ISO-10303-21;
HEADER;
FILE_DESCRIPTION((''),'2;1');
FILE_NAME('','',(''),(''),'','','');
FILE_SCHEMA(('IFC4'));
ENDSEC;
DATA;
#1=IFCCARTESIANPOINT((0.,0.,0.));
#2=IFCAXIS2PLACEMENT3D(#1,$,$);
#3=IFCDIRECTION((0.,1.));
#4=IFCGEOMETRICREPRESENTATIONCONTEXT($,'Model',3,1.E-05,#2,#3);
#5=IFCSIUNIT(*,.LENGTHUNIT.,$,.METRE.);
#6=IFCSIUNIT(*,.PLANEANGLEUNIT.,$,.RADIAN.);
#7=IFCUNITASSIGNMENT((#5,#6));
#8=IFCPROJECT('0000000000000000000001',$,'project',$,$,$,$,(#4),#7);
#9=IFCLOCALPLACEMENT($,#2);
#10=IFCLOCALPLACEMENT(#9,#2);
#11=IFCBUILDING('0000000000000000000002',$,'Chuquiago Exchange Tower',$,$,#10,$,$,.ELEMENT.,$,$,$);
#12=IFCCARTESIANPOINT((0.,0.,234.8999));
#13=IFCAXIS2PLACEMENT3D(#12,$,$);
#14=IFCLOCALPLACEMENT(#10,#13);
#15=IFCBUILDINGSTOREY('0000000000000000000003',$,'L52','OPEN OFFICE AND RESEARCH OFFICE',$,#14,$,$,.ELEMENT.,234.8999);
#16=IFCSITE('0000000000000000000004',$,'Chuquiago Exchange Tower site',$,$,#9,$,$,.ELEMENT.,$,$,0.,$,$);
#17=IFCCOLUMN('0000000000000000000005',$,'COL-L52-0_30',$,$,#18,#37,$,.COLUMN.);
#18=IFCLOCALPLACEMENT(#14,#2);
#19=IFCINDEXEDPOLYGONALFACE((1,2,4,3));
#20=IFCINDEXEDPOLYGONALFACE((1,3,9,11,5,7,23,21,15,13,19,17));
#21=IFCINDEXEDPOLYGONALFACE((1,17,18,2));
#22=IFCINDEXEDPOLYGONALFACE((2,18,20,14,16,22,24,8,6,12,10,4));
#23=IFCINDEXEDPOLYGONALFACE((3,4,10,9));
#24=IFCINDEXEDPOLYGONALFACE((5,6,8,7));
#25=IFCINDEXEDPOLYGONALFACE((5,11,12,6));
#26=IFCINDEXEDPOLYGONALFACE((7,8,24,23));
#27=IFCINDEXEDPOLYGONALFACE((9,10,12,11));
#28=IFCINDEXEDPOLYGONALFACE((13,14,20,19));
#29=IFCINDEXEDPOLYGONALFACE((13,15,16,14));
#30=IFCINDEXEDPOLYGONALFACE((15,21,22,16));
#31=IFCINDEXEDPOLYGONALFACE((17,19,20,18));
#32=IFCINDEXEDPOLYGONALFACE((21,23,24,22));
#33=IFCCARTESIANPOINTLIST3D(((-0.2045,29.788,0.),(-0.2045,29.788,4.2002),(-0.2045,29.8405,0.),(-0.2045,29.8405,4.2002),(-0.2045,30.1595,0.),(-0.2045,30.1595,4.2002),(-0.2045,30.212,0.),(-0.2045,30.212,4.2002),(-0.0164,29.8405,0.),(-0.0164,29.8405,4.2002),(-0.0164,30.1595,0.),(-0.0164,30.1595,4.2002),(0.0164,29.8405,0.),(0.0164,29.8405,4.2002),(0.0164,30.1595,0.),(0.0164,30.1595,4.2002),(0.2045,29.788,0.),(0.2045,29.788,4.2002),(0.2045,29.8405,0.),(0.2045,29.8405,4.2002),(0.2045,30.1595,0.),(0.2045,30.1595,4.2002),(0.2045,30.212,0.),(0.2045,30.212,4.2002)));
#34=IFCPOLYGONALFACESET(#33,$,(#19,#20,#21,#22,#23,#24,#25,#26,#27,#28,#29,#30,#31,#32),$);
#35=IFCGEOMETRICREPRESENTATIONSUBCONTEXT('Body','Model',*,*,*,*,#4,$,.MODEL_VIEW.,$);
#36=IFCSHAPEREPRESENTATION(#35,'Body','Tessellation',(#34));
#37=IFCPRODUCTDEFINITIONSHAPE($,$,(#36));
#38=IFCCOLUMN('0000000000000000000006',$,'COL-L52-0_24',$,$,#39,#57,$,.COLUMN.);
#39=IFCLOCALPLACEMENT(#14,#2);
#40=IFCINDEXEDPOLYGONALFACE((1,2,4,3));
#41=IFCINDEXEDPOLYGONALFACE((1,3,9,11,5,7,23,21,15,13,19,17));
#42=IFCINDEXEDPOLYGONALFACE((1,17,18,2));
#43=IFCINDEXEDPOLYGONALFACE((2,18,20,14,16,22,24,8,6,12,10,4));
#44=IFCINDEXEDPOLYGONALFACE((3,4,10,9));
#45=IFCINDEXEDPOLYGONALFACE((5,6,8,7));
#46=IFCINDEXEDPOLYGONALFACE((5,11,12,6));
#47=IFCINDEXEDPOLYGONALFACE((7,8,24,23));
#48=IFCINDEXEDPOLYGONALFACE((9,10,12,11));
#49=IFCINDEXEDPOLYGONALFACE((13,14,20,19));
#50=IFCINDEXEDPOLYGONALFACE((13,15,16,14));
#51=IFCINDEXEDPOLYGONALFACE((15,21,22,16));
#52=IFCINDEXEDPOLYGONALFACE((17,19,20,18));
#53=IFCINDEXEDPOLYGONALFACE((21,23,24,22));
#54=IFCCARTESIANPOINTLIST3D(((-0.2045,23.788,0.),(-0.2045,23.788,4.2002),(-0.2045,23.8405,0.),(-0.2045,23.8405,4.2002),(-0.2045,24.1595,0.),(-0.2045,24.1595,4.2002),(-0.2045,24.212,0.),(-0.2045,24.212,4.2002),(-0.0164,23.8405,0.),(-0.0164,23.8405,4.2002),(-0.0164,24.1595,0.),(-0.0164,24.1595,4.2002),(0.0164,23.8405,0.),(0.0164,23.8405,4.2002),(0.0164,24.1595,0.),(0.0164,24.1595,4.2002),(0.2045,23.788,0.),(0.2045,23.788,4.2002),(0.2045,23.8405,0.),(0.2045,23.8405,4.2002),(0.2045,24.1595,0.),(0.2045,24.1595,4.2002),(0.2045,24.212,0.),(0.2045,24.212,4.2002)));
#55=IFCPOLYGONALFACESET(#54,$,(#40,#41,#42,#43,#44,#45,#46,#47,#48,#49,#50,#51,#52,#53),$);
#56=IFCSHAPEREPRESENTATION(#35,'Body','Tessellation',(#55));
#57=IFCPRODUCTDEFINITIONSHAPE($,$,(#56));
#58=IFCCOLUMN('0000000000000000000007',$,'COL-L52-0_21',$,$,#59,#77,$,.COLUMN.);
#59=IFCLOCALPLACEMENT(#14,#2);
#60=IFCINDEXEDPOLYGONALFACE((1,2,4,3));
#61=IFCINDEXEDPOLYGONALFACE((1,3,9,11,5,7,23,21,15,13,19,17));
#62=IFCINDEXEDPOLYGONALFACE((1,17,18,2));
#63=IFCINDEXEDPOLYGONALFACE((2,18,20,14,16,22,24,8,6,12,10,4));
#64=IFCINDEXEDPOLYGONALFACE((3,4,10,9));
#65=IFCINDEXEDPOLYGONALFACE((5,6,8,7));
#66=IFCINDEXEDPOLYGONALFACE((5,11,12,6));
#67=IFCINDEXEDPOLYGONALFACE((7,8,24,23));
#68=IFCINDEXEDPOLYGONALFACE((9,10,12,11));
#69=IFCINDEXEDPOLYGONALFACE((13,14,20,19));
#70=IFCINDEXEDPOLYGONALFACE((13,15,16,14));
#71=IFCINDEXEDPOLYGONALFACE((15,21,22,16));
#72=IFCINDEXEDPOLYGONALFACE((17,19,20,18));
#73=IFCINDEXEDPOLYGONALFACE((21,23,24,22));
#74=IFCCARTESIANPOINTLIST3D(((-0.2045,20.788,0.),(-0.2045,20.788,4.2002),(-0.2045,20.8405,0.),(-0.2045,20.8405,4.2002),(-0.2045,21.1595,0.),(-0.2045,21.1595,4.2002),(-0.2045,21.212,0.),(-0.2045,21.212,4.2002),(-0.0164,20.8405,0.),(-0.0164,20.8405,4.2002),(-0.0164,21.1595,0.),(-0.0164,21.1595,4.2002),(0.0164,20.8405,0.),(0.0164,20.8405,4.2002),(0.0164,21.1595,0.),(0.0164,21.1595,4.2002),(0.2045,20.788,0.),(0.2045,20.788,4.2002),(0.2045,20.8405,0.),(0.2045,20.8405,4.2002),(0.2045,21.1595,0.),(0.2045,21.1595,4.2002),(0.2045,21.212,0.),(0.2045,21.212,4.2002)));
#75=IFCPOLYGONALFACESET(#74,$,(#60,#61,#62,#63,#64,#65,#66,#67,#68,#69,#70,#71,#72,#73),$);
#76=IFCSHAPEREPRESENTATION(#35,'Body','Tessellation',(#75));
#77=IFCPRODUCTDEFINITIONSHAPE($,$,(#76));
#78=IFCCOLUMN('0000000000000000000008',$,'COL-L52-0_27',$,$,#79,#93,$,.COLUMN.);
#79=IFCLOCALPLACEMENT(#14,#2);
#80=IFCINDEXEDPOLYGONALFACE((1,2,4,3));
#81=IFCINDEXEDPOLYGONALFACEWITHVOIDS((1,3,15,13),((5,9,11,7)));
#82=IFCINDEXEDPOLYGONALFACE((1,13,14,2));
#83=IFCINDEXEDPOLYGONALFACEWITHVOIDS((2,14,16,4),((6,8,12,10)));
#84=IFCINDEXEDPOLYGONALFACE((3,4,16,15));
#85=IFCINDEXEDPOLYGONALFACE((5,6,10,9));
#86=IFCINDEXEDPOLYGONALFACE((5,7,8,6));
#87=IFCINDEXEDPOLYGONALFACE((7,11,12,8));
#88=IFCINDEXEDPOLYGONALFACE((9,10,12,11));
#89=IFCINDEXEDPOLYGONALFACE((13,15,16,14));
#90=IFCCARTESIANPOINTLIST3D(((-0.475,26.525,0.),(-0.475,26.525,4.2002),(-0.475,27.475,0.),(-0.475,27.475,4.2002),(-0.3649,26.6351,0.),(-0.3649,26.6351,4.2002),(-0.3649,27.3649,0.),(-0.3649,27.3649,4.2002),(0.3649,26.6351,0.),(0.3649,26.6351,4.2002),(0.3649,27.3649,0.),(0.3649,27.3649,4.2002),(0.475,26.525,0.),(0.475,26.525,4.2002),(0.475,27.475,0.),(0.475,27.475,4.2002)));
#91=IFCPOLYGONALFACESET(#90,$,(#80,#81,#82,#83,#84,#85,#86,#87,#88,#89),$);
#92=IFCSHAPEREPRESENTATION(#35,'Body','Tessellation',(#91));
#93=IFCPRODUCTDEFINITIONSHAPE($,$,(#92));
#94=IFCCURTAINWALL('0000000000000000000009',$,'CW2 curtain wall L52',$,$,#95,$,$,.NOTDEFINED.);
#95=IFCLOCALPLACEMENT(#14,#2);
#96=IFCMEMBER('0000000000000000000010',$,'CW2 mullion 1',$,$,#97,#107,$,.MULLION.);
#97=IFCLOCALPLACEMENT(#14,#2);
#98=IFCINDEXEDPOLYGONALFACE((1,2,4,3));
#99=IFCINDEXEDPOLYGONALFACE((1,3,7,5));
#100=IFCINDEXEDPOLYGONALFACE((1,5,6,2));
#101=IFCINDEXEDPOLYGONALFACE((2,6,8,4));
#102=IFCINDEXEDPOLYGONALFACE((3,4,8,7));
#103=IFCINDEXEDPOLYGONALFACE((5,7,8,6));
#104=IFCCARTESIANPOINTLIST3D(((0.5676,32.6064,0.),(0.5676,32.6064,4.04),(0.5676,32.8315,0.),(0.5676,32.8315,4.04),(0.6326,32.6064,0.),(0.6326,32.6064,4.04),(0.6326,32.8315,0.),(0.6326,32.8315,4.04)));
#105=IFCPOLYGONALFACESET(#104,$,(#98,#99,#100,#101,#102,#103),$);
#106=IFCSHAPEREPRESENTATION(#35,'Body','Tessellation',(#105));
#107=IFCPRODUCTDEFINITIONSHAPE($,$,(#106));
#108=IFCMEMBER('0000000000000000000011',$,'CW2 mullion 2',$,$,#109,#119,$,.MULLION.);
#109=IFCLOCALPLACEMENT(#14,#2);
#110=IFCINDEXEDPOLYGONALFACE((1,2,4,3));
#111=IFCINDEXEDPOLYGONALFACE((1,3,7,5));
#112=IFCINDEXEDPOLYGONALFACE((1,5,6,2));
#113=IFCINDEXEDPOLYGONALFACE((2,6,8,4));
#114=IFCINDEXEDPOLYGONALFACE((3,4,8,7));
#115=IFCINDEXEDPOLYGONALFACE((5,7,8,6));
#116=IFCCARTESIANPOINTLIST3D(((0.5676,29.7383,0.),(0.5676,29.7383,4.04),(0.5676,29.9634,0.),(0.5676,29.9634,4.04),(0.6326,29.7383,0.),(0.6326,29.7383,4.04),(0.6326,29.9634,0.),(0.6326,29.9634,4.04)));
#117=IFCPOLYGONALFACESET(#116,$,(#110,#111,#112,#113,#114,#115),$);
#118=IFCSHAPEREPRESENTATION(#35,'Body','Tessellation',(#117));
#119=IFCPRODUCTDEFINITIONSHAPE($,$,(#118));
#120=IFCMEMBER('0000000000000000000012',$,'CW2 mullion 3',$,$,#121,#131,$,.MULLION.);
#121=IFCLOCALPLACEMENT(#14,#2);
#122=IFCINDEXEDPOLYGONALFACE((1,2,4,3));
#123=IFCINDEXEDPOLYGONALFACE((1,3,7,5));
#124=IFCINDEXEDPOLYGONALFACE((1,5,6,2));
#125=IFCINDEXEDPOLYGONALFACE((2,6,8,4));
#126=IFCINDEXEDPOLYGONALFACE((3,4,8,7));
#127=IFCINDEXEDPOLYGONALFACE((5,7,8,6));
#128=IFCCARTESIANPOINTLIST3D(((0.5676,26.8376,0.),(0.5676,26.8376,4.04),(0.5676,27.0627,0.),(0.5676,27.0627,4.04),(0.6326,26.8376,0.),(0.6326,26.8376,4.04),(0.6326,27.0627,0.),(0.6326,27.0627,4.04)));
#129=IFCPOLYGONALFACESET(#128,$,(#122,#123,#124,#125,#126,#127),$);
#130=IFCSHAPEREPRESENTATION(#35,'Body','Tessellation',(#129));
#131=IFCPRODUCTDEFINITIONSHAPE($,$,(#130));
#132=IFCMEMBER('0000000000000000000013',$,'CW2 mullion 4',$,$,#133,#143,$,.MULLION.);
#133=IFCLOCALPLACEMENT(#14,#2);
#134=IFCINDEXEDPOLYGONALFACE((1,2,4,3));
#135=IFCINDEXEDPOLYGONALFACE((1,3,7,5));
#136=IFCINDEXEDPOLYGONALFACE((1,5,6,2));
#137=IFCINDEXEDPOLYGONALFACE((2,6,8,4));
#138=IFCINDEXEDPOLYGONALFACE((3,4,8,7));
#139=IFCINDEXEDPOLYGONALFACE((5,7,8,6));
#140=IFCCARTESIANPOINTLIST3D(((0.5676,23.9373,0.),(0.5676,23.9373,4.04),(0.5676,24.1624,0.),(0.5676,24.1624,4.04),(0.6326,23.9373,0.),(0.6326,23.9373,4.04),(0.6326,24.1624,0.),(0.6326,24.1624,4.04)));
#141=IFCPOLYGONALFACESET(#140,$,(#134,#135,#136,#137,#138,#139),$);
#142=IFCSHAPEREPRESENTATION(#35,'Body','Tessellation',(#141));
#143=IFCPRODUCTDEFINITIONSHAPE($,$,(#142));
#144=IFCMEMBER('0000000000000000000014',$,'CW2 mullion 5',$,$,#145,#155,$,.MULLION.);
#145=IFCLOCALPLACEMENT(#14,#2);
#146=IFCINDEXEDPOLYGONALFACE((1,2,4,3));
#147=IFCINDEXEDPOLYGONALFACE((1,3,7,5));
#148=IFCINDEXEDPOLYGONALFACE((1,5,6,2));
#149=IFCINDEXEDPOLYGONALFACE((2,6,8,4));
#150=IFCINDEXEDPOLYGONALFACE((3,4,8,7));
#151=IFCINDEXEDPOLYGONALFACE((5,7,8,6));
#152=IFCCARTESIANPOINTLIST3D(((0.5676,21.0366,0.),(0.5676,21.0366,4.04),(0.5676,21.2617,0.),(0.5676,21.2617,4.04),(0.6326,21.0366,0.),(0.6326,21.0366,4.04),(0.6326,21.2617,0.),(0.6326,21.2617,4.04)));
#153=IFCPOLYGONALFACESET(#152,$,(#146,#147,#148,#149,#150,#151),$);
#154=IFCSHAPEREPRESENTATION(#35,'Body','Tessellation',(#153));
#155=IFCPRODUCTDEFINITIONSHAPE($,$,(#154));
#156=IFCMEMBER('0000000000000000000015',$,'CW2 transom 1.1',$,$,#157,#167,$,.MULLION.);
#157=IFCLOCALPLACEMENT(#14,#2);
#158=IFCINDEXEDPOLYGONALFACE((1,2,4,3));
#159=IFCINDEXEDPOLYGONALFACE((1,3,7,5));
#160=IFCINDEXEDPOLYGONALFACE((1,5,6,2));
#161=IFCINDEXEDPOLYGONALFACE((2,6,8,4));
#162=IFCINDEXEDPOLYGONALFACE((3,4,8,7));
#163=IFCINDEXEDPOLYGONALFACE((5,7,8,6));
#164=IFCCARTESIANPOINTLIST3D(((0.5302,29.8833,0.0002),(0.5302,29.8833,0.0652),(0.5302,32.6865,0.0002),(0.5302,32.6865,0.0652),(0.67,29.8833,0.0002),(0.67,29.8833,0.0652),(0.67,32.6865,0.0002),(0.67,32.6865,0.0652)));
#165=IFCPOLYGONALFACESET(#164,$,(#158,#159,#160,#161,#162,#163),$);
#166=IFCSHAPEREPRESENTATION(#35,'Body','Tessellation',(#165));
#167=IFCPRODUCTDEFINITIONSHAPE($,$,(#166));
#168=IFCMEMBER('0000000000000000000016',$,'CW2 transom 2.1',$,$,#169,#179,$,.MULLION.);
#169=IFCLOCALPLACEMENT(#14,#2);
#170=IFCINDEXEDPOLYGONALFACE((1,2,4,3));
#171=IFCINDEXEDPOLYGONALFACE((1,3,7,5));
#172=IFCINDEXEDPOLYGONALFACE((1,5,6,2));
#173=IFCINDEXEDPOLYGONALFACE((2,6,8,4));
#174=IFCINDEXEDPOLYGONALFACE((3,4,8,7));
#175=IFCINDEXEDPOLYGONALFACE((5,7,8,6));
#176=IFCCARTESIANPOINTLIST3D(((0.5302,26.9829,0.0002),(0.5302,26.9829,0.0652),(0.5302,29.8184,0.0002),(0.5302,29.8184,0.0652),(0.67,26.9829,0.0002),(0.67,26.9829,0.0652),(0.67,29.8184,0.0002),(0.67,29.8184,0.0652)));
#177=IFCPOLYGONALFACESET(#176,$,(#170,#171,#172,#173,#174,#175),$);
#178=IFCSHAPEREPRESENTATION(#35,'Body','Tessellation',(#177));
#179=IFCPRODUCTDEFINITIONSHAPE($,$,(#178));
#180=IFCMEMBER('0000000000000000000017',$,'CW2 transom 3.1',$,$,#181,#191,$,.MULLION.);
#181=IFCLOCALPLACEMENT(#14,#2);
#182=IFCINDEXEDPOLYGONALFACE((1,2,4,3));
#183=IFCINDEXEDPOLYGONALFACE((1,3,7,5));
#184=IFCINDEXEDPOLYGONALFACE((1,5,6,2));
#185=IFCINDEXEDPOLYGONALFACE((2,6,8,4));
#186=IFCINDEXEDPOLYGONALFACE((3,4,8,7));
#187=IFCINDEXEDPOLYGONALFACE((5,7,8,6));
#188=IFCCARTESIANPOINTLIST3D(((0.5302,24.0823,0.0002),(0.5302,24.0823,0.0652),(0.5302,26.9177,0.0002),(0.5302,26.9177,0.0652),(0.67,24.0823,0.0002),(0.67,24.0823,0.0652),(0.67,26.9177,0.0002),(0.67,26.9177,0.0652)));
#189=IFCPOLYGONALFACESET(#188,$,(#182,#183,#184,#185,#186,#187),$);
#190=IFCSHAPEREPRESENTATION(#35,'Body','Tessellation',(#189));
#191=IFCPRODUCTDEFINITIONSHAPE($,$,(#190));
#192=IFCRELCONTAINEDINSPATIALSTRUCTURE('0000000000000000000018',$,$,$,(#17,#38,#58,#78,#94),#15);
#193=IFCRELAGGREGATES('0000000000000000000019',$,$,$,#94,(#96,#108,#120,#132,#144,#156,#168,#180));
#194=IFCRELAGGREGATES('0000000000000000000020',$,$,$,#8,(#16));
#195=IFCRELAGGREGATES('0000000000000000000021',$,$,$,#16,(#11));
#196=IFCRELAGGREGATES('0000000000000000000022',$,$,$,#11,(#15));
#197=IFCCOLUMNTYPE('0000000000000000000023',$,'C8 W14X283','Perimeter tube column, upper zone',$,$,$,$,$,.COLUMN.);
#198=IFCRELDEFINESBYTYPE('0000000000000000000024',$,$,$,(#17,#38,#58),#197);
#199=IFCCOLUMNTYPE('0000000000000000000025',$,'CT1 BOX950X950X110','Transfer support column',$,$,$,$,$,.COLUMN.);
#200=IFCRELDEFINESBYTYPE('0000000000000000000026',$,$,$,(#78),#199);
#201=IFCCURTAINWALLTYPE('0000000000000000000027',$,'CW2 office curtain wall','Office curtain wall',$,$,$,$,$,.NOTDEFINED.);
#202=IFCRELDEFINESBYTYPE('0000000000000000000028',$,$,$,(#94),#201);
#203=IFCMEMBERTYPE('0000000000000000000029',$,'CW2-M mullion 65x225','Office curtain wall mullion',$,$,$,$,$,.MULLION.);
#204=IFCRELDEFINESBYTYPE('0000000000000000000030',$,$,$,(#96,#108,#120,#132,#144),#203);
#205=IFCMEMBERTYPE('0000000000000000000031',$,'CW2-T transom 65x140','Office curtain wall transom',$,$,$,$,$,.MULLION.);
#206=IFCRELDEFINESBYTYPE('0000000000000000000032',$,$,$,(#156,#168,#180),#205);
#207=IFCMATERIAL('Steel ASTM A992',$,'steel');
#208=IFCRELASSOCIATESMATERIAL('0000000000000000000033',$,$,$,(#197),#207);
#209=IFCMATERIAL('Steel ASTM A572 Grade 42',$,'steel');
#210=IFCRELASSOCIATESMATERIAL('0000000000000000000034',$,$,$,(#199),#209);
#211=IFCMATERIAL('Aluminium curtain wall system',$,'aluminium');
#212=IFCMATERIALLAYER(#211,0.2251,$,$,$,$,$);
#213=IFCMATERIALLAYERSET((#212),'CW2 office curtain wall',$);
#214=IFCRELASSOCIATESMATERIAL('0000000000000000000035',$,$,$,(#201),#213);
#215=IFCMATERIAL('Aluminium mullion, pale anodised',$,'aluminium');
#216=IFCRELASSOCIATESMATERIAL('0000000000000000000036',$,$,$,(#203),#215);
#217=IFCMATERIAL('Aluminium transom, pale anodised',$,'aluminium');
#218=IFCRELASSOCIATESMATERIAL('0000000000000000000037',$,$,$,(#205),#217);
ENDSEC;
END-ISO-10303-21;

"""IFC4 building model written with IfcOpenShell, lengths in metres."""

from ifc_helpers import new_model, si_unit, direction, frame, origin, origin_2d, place, context, subcontext, project, spatial, rectangle, hollow_rectangle, i_section, extrude, material, layer, layer_set, material_profile, profile_set, type_object, element, aggregate, save


model = new_model("IFC4")

# Units and contexts
model_context = context("Model", 3, precision=1e-05, world=origin(), true_north=direction((0.0, 1.0)))
body_context = subcontext(model_context, "Body", "Model", "MODEL_VIEW")
ifc_project = project(units=[si_unit("LENGTHUNIT", "METRE"), si_unit("PLANEANGLEUNIT", "RADIAN")], contexts=[model_context])

# Site, building, storey
site_placement = place(None, origin())
site = spatial("IfcSite", under=ifc_project, at=site_placement, Name="Chuquiago Exchange Tower site", CompositionType="ELEMENT", RefElevation=0.0)
building_placement = place(site_placement, origin())
building = spatial("IfcBuilding", under=site, at=building_placement, Name="Chuquiago Exchange Tower", CompositionType="ELEMENT")
storey_placement = place(building_placement, frame((0.0, 0.0, 234.8999)))
storey = spatial("IfcBuildingStorey", under=building, at=storey_placement, Name="L52", Description="OPEN OFFICE AND RESEARCH OFFICE", CompositionType="ELEMENT", Elevation=234.8999)

# Columns
ifc_material_1 = material(Name="Steel ASTM A992", Category="steel")
ifc_material_profile_1 = material_profile(ifc_material_1, i_section(OverallWidth=0.4089, OverallDepth=0.4241, WebThickness=0.0327, FlangeThickness=0.0525, at=origin_2d()), Name="W14X283")
ifc_profile_set_1 = profile_set([ifc_material_profile_1], Name="Steel ASTM A992")
column_type_1 = type_object("IfcColumnType", Name="C8 W14X283", Description="Perimeter tube column, upper zone", PredefinedType="COLUMN", material=ifc_profile_set_1)
for number, where, z_axis, x_axis, name in (
    (1, (0.0, 30.0, 0.0), (0.0, 0.0, 1.0), (-1.0, 0.0, 0.0), "COL-L52-0_30"),
    (2, (0.0, 24.0, 0.0), (0.0, 0.0, 1.0), (-1.0, 0.0, 0.0), "COL-L52-0_24"),
    (3, (0.0, 21.0, 0.0), (0.0, 0.0, 1.0), (-1.0, 0.0, 0.0), "COL-L52-0_21"),
):
    element("IfcColumn", number, at=place(storey_placement, frame(where, z_axis=z_axis, x_axis=x_axis)), inside=storey, type_object=column_type_1, Name=name, PredefinedType="COLUMN", context=body_context, shape_type="SweptSolid", body=[
        extrude(i_section(OverallWidth=0.4089, OverallDepth=0.4241, WebThickness=0.0327, FlangeThickness=0.0525, at=origin_2d()), origin(), (0.0, 0.0, 1.0), 4.2002),
    ])
ifc_material_2 = material(Name="Steel ASTM A572 Grade 42", Category="steel")
ifc_material_profile_2 = material_profile(ifc_material_2, hollow_rectangle(XDim=0.95, YDim=0.95, WallThickness=0.1101, at=origin_2d()), Name="BOX950X950X110")
ifc_profile_set_2 = profile_set([ifc_material_profile_2], Name="Steel ASTM A572 Grade 42")
column_type_2 = type_object("IfcColumnType", Name="CT1 BOX950X950X110", Description="Transfer support column", PredefinedType="COLUMN", material=ifc_profile_set_2)
column_placement = place(storey_placement, frame((0.0, 27.0, 0.0), z_axis=(0.0, 0.0, 1.0), x_axis=(-1.0, 0.0, 0.0)))
element("IfcColumn", 4, at=column_placement, inside=storey, type_object=column_type_2, Name="COL-L52-0_27", PredefinedType="COLUMN", context=body_context, shape_type="SweptSolid", body=[
    extrude(hollow_rectangle(XDim=0.95, YDim=0.95, WallThickness=0.1101, at=origin_2d()), origin(), (0.0, 0.0, 1.0), 4.2002),
])

# Curtain wall, members
ifc_material_3 = material(Name="Aluminium curtain wall system", Category="aluminium")
ifc_layer_1 = layer(ifc_material_3, 0.2251)
ifc_layer_set_1 = layer_set([ifc_layer_1], Name="CW2 office curtain wall")
curtain_wall_type = type_object("IfcCurtainWallType", Name="CW2 office curtain wall", Description="Office curtain wall", PredefinedType="NOTDEFINED", material=ifc_layer_set_1)
curtain_wall_placement = place(storey_placement, origin())
curtain_wall = element("IfcCurtainWall", 5, at=curtain_wall_placement, inside=storey, type_object=curtain_wall_type, Name="CW2 curtain wall L52", PredefinedType="NOTDEFINED")
ifc_material_4 = material(Name="Aluminium mullion, pale anodised", Category="aluminium")
ifc_material_profile_3 = material_profile(ifc_material_4, rectangle(XDim=0.0649, YDim=0.2251, at=origin_2d()), Name="AL 65x225")
ifc_profile_set_3 = profile_set([ifc_material_profile_3], Name="Aluminium mullion, pale anodised")
member_type_1 = type_object("IfcMemberType", Name="CW2-M mullion 65x225", Description="Office curtain wall mullion", PredefinedType="MULLION", material=ifc_profile_set_3)
member_1_placement = place(storey_placement, frame((0.6001, 32.719, 0.0), z_axis=(0.0, 0.0, 1.0), x_axis=(1.0, 0.0, 0.0)))
member_1 = element("IfcMember", 6, at=member_1_placement, type_object=member_type_1, Name="CW2 mullion 1", PredefinedType="MULLION", context=body_context, shape_type="SweptSolid", body=[
    extrude(rectangle(XDim=0.0649, YDim=0.2251, at=origin_2d()), origin(), (0.0, 0.0, 1.0), 4.04),
])
member_2_placement = place(storey_placement, frame((0.6001, 29.8508, 0.0), z_axis=(0.0, 0.0, 1.0), x_axis=(1.0, 0.0, 0.0)))
member_2 = element("IfcMember", 7, at=member_2_placement, type_object=member_type_1, Name="CW2 mullion 2", PredefinedType="MULLION", context=body_context, shape_type="SweptSolid", body=[
    extrude(rectangle(XDim=0.0649, YDim=0.2251, at=origin_2d()), origin(), (0.0, 0.0, 1.0), 4.04),
])
member_3_placement = place(storey_placement, frame((0.6001, 26.9502, 0.0), z_axis=(0.0, 0.0, 1.0), x_axis=(1.0, 0.0, 0.0)))
member_3 = element("IfcMember", 8, at=member_3_placement, type_object=member_type_1, Name="CW2 mullion 3", PredefinedType="MULLION", context=body_context, shape_type="SweptSolid", body=[
    extrude(rectangle(XDim=0.0649, YDim=0.2251, at=origin_2d()), origin(), (0.0, 0.0, 1.0), 4.04),
])
member_4_placement = place(storey_placement, frame((0.6001, 24.0498, 0.0), z_axis=(0.0, 0.0, 1.0), x_axis=(1.0, 0.0, 0.0)))
member_4 = element("IfcMember", 9, at=member_4_placement, type_object=member_type_1, Name="CW2 mullion 4", PredefinedType="MULLION", context=body_context, shape_type="SweptSolid", body=[
    extrude(rectangle(XDim=0.0649, YDim=0.2251, at=origin_2d()), origin(), (0.0, 0.0, 1.0), 4.04),
])
member_5_placement = place(storey_placement, frame((0.6001, 21.1492, 0.0), z_axis=(0.0, 0.0, 1.0), x_axis=(1.0, 0.0, 0.0)))
member_5 = element("IfcMember", 10, at=member_5_placement, type_object=member_type_1, Name="CW2 mullion 5", PredefinedType="MULLION", context=body_context, shape_type="SweptSolid", body=[
    extrude(rectangle(XDim=0.0649, YDim=0.2251, at=origin_2d()), origin(), (0.0, 0.0, 1.0), 4.04),
])
ifc_material_5 = material(Name="Aluminium transom, pale anodised", Category="aluminium")
ifc_material_profile_4 = material_profile(ifc_material_5, rectangle(XDim=0.1399, YDim=0.0649, at=origin_2d()), Name="AL 140x65")
ifc_profile_set_4 = profile_set([ifc_material_profile_4], Name="Aluminium transom, pale anodised")
member_type_2 = type_object("IfcMemberType", Name="CW2-T transom 65x140", Description="Office curtain wall transom", PredefinedType="MULLION", material=ifc_profile_set_4)
member_6_placement = place(storey_placement, frame((0.6001, 32.6865, 0.0327), z_axis=(0.0, -1.0, 0.0), x_axis=(1.0, 0.0, 0.0)))
member_6 = element("IfcMember", 11, at=member_6_placement, type_object=member_type_2, Name="CW2 transom 1.1", PredefinedType="MULLION", context=body_context, shape_type="SweptSolid", body=[
    extrude(rectangle(XDim=0.1399, YDim=0.0649, at=origin_2d()), origin(), (0.0, 0.0, 1.0), 2.8032),
])
member_7_placement = place(storey_placement, frame((0.6001, 29.8184, 0.0327), z_axis=(0.0, -1.0, 0.0), x_axis=(1.0, 0.0, 0.0)))
member_7 = element("IfcMember", 12, at=member_7_placement, type_object=member_type_2, Name="CW2 transom 2.1", PredefinedType="MULLION", context=body_context, shape_type="SweptSolid", body=[
    extrude(rectangle(XDim=0.1399, YDim=0.0649, at=origin_2d()), origin(), (0.0, 0.0, 1.0), 2.8354),
])
member_8_placement = place(storey_placement, frame((0.6001, 26.9177, 0.0327), z_axis=(0.0, -1.0, 0.0), x_axis=(1.0, 0.0, 0.0)))
member_8 = element("IfcMember", 13, at=member_8_placement, type_object=member_type_2, Name="CW2 transom 3.1", PredefinedType="MULLION", context=body_context, shape_type="SweptSolid", body=[
    extrude(rectangle(XDim=0.1399, YDim=0.0649, at=origin_2d()), origin(), (0.0, 0.0, 1.0), 2.8354),
])

aggregate(curtain_wall, [member_1, member_2, member_3, member_4, member_5, member_6, member_7, member_8])

save(model, "model.ifc")
